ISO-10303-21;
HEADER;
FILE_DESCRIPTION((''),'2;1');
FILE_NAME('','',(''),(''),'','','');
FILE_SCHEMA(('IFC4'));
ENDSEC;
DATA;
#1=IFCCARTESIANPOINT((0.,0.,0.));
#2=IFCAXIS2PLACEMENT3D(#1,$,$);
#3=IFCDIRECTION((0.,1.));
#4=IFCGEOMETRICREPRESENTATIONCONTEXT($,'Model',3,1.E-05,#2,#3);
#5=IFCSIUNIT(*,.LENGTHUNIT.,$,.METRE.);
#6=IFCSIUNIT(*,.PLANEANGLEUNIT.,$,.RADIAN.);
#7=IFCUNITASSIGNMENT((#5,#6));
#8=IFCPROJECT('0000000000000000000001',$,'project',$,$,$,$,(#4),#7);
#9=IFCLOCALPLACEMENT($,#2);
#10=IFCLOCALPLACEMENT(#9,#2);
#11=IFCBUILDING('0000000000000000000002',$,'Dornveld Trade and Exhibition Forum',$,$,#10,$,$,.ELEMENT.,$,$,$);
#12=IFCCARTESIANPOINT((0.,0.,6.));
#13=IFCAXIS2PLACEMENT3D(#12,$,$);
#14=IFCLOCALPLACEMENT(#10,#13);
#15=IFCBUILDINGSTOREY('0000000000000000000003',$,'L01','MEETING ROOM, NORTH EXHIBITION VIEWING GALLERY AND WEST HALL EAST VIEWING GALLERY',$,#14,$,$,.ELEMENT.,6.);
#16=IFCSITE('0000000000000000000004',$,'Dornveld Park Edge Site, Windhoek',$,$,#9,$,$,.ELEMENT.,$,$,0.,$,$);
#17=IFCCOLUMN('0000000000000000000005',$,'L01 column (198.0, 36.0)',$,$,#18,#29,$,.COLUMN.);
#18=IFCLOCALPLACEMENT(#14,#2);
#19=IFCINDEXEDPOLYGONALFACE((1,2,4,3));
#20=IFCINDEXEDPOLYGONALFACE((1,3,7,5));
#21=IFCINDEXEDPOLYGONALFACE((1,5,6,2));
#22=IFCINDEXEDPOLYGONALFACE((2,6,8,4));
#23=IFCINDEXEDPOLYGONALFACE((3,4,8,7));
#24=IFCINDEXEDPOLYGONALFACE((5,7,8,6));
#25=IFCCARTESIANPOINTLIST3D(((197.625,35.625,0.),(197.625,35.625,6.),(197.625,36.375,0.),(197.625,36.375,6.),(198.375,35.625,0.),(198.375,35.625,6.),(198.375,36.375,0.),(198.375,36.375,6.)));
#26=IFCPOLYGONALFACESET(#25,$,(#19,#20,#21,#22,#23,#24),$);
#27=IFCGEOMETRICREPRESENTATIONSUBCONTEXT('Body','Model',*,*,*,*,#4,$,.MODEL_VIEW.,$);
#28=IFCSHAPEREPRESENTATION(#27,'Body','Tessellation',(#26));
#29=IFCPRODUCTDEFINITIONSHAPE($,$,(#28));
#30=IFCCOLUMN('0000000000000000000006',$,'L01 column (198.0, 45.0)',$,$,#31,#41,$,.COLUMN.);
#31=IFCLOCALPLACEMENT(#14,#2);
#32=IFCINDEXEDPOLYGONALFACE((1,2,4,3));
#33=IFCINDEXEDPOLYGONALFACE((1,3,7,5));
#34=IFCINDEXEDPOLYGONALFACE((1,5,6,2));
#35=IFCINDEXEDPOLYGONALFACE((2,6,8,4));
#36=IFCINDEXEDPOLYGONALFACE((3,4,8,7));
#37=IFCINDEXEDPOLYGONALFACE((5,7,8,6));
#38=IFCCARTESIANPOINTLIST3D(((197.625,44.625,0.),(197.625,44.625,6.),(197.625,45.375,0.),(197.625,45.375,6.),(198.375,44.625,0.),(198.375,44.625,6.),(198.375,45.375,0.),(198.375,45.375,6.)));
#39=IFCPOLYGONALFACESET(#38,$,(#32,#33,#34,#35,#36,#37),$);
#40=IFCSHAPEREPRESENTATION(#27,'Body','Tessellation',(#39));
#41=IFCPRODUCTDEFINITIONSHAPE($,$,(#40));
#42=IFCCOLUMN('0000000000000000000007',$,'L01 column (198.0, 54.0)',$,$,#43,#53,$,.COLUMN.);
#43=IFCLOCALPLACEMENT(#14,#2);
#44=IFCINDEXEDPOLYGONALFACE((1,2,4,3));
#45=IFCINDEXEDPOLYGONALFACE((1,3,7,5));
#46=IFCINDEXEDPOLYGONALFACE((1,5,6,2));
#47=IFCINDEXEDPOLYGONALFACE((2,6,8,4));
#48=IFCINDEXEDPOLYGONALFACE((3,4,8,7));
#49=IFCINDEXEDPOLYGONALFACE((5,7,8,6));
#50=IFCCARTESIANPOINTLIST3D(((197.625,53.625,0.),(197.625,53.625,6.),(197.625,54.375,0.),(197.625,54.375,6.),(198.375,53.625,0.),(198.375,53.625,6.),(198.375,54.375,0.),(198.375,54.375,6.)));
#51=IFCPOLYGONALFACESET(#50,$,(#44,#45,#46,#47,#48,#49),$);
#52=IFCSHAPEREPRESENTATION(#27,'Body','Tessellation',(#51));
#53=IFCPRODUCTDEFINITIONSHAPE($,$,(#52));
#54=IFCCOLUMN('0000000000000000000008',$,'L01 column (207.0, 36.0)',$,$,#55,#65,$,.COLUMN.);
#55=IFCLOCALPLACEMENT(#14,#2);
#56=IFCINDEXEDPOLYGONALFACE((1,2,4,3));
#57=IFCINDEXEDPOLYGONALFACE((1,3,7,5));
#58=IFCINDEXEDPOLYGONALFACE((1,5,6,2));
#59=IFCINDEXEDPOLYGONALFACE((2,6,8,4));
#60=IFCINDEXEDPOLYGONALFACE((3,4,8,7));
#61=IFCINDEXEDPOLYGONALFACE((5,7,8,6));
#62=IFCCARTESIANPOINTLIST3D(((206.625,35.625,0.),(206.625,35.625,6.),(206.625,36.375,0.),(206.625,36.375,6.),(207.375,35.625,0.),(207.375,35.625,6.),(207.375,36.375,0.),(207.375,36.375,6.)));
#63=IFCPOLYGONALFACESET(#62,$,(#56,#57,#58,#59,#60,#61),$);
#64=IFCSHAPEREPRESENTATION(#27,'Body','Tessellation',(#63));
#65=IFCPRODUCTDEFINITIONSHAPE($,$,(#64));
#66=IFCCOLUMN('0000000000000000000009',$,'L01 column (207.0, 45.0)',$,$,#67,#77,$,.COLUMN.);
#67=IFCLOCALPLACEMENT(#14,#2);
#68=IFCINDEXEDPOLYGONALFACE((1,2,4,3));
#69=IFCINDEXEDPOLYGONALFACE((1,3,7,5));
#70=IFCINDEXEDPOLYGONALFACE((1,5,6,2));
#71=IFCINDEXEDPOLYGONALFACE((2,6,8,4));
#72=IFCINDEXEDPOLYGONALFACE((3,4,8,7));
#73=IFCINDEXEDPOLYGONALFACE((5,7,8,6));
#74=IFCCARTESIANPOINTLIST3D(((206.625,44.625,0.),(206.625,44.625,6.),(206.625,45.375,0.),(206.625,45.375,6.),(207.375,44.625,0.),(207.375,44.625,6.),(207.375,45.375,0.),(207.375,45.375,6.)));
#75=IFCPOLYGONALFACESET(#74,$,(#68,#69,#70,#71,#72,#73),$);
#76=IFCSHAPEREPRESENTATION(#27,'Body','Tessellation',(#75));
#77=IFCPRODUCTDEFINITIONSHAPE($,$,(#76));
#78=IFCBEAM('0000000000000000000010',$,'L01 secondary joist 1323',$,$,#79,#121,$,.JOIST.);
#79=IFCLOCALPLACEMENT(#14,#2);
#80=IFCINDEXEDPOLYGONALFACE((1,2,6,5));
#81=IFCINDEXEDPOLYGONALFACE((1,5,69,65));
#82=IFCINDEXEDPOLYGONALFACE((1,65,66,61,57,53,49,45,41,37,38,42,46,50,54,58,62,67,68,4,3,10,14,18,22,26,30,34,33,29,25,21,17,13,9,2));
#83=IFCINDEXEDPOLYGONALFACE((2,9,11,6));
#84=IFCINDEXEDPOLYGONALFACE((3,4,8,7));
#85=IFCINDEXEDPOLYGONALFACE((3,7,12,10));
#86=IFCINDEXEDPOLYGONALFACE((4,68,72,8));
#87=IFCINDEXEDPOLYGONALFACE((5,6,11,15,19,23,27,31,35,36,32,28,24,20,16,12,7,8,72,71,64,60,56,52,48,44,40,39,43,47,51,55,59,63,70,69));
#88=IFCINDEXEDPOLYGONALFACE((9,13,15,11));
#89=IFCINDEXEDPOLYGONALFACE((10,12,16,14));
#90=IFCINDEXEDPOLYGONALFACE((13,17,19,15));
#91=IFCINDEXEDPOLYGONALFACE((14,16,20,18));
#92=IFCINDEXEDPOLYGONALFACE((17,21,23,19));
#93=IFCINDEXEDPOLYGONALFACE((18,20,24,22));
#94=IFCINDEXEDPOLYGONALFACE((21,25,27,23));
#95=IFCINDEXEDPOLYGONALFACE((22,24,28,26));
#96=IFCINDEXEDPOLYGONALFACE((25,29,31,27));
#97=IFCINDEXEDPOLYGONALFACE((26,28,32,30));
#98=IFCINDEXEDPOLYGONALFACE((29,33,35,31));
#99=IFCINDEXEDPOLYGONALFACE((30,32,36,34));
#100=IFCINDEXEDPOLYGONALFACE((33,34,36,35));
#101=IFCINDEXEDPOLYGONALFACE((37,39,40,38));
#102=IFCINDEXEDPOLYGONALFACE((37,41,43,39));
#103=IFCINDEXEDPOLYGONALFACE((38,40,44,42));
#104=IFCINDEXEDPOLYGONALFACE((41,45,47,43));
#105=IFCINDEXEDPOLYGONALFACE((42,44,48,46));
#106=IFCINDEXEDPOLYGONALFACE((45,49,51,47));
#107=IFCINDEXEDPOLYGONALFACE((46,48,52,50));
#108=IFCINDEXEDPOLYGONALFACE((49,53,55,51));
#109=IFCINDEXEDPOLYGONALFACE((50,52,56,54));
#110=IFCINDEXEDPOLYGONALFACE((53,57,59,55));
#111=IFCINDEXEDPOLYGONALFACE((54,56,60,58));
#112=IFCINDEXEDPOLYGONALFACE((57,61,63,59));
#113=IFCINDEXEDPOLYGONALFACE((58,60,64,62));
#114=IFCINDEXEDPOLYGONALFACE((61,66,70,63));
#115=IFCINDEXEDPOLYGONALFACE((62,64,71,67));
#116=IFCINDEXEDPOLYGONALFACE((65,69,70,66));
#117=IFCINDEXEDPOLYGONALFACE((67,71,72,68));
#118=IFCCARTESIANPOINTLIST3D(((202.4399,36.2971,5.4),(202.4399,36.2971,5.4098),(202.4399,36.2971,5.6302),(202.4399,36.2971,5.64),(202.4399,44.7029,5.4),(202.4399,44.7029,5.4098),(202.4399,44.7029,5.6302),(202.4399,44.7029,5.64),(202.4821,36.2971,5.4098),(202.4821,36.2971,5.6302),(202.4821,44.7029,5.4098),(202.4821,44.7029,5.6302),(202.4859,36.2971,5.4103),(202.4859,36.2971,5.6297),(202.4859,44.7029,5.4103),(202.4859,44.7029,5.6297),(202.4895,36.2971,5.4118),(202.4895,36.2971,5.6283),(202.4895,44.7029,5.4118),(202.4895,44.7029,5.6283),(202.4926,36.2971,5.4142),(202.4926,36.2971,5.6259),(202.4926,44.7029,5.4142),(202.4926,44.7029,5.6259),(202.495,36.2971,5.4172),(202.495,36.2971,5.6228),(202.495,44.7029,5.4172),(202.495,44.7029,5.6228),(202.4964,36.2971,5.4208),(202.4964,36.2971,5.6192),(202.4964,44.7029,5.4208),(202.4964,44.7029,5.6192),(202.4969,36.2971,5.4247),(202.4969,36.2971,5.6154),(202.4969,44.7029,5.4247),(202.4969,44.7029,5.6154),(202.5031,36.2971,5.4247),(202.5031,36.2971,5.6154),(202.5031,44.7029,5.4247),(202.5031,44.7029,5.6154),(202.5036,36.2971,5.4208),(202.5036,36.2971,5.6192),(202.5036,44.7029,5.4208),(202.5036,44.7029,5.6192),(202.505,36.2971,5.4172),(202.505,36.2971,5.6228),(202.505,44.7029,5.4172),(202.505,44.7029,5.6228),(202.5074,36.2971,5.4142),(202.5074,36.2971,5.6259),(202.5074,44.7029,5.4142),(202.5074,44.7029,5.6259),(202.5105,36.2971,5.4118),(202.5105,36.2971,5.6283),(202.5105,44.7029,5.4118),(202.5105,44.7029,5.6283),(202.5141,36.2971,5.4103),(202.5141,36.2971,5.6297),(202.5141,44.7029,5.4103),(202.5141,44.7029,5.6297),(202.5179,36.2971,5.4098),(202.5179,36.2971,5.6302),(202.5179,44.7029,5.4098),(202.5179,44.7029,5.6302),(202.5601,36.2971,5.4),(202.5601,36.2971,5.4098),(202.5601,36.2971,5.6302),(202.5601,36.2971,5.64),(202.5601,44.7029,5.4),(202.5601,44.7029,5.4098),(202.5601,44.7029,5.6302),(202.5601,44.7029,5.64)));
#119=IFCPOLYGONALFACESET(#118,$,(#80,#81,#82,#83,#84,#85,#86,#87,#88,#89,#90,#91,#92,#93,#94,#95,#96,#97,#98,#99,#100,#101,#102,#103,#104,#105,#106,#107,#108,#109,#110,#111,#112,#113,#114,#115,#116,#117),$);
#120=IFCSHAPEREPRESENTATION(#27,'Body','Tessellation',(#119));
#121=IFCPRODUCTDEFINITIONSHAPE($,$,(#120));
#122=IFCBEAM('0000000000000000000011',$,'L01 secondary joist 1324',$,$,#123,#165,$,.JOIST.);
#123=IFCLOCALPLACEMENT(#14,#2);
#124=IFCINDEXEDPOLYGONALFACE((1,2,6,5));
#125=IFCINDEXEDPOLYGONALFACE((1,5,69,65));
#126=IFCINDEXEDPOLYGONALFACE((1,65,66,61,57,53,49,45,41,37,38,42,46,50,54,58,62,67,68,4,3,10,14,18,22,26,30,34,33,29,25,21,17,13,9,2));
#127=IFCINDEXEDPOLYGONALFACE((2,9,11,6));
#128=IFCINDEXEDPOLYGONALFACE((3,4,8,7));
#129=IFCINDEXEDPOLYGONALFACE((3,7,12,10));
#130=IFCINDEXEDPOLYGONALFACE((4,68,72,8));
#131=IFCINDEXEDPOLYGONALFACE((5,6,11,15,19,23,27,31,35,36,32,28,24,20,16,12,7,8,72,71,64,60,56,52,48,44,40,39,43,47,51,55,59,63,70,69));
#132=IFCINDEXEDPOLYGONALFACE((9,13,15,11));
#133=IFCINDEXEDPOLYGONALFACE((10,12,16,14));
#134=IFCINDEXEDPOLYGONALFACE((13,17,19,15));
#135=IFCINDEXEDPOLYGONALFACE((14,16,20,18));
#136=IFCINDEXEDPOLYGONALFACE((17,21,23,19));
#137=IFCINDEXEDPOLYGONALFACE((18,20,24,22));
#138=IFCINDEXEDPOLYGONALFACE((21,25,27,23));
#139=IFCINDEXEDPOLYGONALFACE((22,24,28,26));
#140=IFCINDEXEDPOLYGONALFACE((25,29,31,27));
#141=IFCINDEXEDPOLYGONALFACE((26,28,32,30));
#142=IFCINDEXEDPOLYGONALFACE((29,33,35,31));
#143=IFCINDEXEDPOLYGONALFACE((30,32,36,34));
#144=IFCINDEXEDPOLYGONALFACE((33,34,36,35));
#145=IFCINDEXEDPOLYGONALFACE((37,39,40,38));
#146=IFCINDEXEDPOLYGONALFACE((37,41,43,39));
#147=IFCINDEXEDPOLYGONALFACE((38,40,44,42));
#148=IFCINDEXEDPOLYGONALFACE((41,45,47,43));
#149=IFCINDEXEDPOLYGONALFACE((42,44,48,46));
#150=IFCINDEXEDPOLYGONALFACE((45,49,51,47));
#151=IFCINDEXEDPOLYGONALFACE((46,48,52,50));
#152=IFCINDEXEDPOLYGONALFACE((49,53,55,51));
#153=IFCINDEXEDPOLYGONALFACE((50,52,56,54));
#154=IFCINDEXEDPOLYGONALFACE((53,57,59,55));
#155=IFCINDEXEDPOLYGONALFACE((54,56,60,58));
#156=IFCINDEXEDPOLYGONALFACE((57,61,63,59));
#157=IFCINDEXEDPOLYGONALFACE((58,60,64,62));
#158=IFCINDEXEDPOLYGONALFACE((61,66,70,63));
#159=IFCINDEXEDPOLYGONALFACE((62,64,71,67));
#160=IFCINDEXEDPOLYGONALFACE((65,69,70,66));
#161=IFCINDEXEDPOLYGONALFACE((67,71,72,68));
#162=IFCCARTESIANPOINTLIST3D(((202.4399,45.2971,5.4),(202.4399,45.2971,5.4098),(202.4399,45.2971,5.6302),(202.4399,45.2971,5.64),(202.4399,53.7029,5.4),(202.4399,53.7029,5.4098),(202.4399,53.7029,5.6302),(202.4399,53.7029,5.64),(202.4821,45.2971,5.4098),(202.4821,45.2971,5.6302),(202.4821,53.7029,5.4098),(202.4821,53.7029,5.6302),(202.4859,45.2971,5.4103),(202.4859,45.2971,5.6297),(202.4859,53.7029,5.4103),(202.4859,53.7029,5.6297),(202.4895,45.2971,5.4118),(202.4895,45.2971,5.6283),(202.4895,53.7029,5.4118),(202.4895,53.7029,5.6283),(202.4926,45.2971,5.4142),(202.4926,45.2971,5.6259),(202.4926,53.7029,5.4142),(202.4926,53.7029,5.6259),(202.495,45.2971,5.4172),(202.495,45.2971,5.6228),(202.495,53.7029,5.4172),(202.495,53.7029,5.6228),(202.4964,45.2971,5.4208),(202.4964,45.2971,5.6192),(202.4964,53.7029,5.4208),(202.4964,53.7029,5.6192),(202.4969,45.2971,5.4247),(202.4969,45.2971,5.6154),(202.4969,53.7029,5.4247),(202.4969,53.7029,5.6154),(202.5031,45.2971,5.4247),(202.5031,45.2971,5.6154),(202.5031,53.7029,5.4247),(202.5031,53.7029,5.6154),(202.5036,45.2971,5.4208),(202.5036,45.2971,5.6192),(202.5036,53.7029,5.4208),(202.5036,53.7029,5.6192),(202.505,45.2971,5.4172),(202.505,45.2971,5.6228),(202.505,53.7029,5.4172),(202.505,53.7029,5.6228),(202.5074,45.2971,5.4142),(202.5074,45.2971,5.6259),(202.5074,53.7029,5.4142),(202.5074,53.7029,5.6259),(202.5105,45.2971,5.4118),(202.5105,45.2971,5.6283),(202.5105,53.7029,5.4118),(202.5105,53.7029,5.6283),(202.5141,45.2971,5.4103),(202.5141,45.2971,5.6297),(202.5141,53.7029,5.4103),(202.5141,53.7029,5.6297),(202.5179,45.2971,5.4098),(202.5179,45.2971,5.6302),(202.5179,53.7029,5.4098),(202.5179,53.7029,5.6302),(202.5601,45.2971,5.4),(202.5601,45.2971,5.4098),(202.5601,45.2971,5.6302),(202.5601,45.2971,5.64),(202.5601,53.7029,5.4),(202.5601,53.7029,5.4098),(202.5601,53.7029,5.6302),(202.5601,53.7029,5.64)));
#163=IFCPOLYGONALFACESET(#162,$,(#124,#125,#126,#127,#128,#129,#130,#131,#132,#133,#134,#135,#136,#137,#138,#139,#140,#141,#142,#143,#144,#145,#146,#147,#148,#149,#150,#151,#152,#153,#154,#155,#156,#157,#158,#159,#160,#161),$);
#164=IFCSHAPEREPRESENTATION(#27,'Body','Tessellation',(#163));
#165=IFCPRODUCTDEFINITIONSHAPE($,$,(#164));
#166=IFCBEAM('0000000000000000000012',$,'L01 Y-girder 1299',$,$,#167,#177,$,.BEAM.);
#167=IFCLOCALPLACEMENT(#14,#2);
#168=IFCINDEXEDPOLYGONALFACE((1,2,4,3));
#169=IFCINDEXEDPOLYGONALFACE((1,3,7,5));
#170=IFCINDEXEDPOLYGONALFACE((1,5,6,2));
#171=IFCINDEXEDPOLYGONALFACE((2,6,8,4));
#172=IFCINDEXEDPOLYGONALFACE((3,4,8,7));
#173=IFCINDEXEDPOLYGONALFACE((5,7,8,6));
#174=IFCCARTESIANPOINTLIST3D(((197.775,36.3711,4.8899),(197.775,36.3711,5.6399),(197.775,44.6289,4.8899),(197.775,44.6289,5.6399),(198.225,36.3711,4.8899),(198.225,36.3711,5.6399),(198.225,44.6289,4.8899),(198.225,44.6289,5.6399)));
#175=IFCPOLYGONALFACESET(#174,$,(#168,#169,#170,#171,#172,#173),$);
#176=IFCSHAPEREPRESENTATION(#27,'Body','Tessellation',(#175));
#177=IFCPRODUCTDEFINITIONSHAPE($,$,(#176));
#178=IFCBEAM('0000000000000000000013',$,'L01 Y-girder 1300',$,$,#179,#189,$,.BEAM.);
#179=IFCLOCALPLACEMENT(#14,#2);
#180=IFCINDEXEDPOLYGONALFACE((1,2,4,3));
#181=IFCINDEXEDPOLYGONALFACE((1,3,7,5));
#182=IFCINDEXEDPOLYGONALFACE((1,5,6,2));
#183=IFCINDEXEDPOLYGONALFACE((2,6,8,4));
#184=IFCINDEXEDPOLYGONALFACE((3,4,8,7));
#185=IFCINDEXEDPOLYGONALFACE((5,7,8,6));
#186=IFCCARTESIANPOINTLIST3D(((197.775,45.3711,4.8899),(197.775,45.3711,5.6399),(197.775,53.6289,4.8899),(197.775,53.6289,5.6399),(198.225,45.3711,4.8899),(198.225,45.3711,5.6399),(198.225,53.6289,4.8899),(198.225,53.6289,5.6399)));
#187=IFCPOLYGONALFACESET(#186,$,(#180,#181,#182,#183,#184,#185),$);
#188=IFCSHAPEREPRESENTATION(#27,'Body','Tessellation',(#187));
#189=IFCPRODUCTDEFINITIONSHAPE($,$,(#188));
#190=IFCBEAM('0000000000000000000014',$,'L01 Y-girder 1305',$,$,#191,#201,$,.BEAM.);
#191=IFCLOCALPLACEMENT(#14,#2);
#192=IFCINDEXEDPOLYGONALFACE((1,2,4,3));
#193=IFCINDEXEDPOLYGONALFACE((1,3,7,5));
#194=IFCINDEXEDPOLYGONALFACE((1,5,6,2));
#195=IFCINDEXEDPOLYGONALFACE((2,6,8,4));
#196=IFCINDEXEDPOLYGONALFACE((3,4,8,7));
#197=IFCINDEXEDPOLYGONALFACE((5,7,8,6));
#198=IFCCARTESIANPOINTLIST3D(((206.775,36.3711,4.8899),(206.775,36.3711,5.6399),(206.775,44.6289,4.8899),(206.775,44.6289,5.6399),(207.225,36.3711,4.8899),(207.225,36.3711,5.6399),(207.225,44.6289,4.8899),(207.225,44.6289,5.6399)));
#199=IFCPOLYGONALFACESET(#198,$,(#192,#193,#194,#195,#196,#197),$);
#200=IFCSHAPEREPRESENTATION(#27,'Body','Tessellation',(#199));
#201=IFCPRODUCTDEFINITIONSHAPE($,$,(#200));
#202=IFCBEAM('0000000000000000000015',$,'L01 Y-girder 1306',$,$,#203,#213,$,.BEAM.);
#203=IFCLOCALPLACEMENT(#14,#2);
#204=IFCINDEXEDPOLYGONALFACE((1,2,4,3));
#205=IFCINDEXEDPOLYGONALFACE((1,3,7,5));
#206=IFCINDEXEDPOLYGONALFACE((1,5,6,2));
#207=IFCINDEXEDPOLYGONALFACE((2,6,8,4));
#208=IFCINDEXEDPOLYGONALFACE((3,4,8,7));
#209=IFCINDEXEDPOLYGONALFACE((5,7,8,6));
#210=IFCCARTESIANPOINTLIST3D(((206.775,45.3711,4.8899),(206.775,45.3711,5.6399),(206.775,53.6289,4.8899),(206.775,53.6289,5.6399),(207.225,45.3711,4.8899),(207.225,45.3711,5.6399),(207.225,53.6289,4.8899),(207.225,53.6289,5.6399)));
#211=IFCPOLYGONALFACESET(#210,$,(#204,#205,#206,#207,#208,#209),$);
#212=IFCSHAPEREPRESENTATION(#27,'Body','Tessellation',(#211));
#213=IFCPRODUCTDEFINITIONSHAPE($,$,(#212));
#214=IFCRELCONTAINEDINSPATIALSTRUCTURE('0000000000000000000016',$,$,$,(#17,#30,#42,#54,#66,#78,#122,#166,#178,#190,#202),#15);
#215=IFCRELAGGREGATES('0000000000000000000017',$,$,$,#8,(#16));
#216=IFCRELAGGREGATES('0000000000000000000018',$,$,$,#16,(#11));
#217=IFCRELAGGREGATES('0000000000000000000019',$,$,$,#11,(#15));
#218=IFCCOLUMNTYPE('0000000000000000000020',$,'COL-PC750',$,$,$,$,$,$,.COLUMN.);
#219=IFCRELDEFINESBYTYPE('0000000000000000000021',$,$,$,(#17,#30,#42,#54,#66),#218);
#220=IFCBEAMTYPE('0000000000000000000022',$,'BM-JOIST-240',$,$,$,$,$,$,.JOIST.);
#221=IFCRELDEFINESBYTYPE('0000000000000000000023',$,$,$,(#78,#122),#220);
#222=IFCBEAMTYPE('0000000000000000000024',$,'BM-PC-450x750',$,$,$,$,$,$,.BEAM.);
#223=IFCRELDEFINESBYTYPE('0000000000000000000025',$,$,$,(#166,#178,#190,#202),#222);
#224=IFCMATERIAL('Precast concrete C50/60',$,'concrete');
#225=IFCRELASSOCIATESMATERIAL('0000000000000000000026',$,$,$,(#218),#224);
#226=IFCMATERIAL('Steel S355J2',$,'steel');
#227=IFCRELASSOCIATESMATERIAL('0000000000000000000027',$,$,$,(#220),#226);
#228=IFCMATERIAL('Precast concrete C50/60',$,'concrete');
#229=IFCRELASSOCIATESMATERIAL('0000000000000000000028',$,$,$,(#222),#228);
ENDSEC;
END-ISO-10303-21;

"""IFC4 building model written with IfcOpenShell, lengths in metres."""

from ifc_helpers import new_model, si_unit, direction, frame, origin, origin_2d, place, context, subcontext, project, spatial, rectangle, i_section, extrude, material, material_profile, profile_set, type_object, element, save


model = new_model("IFC4")

# Units and contexts
model_context = context("Model", 3, precision=1e-05, world=origin(), true_north=direction((0.0, 1.0)))
body_context = subcontext(model_context, "Body", "Model", "MODEL_VIEW")
ifc_project = project(units=[si_unit("LENGTHUNIT", "METRE"), si_unit("PLANEANGLEUNIT", "RADIAN")], contexts=[model_context])

# Site, building, storey
site_placement = place(None, origin())
site = spatial("IfcSite", under=ifc_project, at=site_placement, Name="Dornveld Park Edge Site, Windhoek", CompositionType="ELEMENT", RefElevation=0.0)
building_placement = place(site_placement, origin())
building = spatial("IfcBuilding", under=site, at=building_placement, Name="Dornveld Trade and Exhibition Forum", CompositionType="ELEMENT")
storey_placement = place(building_placement, frame((0.0, 0.0, 6.0)))
storey = spatial("IfcBuildingStorey", under=building, at=storey_placement, Name="L01", Description="MEETING ROOM, NORTH EXHIBITION VIEWING GALLERY AND WEST HALL EAST VIEWING GALLERY", CompositionType="ELEMENT", Elevation=6.0)

# Columns
ifc_material_1 = material(Name="Precast concrete C50/60", Category="concrete")
ifc_material_profile_1 = material_profile(ifc_material_1, rectangle(XDim=0.75, YDim=0.75, at=origin_2d()), Name="PC-COL 750x750")
ifc_profile_set_1 = profile_set([ifc_material_profile_1], Name="Precast concrete C50/60")
column_type = type_object("IfcColumnType", Name="COL-PC750", PredefinedType="COLUMN", material=ifc_profile_set_1)
for number, where, z_axis, x_axis, name in (
    (1, (198.0, 36.0, 0.0), (0.0, 0.0, 1.0), (1.0, 0.0, 0.0), "L01 column (198.0, 36.0)"),
    (2, (198.0, 45.0, 0.0), (0.0, 0.0, 1.0), (1.0, 0.0, 0.0), "L01 column (198.0, 45.0)"),
    (3, (198.0, 54.0, 0.0), (0.0, 0.0, 1.0), (1.0, 0.0, 0.0), "L01 column (198.0, 54.0)"),
    (4, (207.0, 36.0, 0.0), (0.0, 0.0, 1.0), (1.0, 0.0, 0.0), "L01 column (207.0, 36.0)"),
    (5, (207.0, 45.0, 0.0), (0.0, 0.0, 1.0), (1.0, 0.0, 0.0), "L01 column (207.0, 45.0)"),
):
    element("IfcColumn", number, at=place(storey_placement, frame(where, z_axis=z_axis, x_axis=x_axis)), inside=storey, type_object=column_type, Name=name, PredefinedType="COLUMN", context=body_context, shape_type="SweptSolid", body=[
        extrude(rectangle(XDim=0.75, YDim=0.75, at=origin_2d()), origin(), (0.0, 0.0, 1.0), 6.0),
    ])

# Beams
ifc_material_2 = material(Name="Steel S355J2", Category="steel")
ifc_material_profile_2 = material_profile(ifc_material_2, i_section(OverallWidth=0.1201, OverallDepth=0.24, WebThickness=0.0061, FlangeThickness=0.0098, FilletRadius=0.0149, at=origin_2d()), Name="IPE 240")
ifc_profile_set_2 = profile_set([ifc_material_profile_2], Name="Steel S355J2")
beam_type_1 = type_object("IfcBeamType", Name="BM-JOIST-240", PredefinedType="JOIST", material=ifc_profile_set_2)
for number, where, z_axis, x_axis, name in (
    (6, (202.5, 36.2971, 5.52), (0.0, 1.0, 0.0), (-1.0, 0.0, 0.0), "L01 secondary joist 1323"),
    (7, (202.5, 45.2971, 5.52), (0.0, 1.0, 0.0), (-1.0, 0.0, 0.0), "L01 secondary joist 1324"),
):
    element("IfcBeam", number, at=place(storey_placement, frame(where, z_axis=z_axis, x_axis=x_axis)), inside=storey, type_object=beam_type_1, Name=name, PredefinedType="JOIST", context=body_context, shape_type="SweptSolid", body=[
        extrude(i_section(OverallWidth=0.1201, OverallDepth=0.24, WebThickness=0.0061, FlangeThickness=0.0098, FilletRadius=0.0149, at=origin_2d()), origin(), (0.0, 0.0, 1.0), 8.4058),
    ])
ifc_material_3 = material(Name="Precast concrete C50/60", Category="concrete")
ifc_material_profile_3 = material_profile(ifc_material_3, rectangle(XDim=0.45, YDim=0.75, at=origin_2d()), Name="PC-BM 450x750")
ifc_profile_set_3 = profile_set([ifc_material_profile_3], Name="Precast concrete C50/60")
beam_type_2 = type_object("IfcBeamType", Name="BM-PC-450x750", PredefinedType="BEAM", material=ifc_profile_set_3)
for number, where, z_axis, x_axis, name in (
    (8, (198.0, 36.3711, 5.2649), (0.0, 1.0, 0.0), (-1.0, 0.0, 0.0), "L01 Y-girder 1299"),
    (9, (198.0, 45.3711, 5.2649), (0.0, 1.0, 0.0), (-1.0, 0.0, 0.0), "L01 Y-girder 1300"),
    (10, (207.0, 36.3711, 5.2649), (0.0, 1.0, 0.0), (-1.0, 0.0, 0.0), "L01 Y-girder 1305"),
    (11, (207.0, 45.3711, 5.2649), (0.0, 1.0, 0.0), (-1.0, 0.0, 0.0), "L01 Y-girder 1306"),
):
    element("IfcBeam", number, at=place(storey_placement, frame(where, z_axis=z_axis, x_axis=x_axis)), inside=storey, type_object=beam_type_2, Name=name, PredefinedType="BEAM", context=body_context, shape_type="SweptSolid", body=[
        extrude(rectangle(XDim=0.45, YDim=0.75, at=origin_2d()), origin(), (0.0, 0.0, 1.0), 8.2578),
    ])

save(model, "model.ifc")
